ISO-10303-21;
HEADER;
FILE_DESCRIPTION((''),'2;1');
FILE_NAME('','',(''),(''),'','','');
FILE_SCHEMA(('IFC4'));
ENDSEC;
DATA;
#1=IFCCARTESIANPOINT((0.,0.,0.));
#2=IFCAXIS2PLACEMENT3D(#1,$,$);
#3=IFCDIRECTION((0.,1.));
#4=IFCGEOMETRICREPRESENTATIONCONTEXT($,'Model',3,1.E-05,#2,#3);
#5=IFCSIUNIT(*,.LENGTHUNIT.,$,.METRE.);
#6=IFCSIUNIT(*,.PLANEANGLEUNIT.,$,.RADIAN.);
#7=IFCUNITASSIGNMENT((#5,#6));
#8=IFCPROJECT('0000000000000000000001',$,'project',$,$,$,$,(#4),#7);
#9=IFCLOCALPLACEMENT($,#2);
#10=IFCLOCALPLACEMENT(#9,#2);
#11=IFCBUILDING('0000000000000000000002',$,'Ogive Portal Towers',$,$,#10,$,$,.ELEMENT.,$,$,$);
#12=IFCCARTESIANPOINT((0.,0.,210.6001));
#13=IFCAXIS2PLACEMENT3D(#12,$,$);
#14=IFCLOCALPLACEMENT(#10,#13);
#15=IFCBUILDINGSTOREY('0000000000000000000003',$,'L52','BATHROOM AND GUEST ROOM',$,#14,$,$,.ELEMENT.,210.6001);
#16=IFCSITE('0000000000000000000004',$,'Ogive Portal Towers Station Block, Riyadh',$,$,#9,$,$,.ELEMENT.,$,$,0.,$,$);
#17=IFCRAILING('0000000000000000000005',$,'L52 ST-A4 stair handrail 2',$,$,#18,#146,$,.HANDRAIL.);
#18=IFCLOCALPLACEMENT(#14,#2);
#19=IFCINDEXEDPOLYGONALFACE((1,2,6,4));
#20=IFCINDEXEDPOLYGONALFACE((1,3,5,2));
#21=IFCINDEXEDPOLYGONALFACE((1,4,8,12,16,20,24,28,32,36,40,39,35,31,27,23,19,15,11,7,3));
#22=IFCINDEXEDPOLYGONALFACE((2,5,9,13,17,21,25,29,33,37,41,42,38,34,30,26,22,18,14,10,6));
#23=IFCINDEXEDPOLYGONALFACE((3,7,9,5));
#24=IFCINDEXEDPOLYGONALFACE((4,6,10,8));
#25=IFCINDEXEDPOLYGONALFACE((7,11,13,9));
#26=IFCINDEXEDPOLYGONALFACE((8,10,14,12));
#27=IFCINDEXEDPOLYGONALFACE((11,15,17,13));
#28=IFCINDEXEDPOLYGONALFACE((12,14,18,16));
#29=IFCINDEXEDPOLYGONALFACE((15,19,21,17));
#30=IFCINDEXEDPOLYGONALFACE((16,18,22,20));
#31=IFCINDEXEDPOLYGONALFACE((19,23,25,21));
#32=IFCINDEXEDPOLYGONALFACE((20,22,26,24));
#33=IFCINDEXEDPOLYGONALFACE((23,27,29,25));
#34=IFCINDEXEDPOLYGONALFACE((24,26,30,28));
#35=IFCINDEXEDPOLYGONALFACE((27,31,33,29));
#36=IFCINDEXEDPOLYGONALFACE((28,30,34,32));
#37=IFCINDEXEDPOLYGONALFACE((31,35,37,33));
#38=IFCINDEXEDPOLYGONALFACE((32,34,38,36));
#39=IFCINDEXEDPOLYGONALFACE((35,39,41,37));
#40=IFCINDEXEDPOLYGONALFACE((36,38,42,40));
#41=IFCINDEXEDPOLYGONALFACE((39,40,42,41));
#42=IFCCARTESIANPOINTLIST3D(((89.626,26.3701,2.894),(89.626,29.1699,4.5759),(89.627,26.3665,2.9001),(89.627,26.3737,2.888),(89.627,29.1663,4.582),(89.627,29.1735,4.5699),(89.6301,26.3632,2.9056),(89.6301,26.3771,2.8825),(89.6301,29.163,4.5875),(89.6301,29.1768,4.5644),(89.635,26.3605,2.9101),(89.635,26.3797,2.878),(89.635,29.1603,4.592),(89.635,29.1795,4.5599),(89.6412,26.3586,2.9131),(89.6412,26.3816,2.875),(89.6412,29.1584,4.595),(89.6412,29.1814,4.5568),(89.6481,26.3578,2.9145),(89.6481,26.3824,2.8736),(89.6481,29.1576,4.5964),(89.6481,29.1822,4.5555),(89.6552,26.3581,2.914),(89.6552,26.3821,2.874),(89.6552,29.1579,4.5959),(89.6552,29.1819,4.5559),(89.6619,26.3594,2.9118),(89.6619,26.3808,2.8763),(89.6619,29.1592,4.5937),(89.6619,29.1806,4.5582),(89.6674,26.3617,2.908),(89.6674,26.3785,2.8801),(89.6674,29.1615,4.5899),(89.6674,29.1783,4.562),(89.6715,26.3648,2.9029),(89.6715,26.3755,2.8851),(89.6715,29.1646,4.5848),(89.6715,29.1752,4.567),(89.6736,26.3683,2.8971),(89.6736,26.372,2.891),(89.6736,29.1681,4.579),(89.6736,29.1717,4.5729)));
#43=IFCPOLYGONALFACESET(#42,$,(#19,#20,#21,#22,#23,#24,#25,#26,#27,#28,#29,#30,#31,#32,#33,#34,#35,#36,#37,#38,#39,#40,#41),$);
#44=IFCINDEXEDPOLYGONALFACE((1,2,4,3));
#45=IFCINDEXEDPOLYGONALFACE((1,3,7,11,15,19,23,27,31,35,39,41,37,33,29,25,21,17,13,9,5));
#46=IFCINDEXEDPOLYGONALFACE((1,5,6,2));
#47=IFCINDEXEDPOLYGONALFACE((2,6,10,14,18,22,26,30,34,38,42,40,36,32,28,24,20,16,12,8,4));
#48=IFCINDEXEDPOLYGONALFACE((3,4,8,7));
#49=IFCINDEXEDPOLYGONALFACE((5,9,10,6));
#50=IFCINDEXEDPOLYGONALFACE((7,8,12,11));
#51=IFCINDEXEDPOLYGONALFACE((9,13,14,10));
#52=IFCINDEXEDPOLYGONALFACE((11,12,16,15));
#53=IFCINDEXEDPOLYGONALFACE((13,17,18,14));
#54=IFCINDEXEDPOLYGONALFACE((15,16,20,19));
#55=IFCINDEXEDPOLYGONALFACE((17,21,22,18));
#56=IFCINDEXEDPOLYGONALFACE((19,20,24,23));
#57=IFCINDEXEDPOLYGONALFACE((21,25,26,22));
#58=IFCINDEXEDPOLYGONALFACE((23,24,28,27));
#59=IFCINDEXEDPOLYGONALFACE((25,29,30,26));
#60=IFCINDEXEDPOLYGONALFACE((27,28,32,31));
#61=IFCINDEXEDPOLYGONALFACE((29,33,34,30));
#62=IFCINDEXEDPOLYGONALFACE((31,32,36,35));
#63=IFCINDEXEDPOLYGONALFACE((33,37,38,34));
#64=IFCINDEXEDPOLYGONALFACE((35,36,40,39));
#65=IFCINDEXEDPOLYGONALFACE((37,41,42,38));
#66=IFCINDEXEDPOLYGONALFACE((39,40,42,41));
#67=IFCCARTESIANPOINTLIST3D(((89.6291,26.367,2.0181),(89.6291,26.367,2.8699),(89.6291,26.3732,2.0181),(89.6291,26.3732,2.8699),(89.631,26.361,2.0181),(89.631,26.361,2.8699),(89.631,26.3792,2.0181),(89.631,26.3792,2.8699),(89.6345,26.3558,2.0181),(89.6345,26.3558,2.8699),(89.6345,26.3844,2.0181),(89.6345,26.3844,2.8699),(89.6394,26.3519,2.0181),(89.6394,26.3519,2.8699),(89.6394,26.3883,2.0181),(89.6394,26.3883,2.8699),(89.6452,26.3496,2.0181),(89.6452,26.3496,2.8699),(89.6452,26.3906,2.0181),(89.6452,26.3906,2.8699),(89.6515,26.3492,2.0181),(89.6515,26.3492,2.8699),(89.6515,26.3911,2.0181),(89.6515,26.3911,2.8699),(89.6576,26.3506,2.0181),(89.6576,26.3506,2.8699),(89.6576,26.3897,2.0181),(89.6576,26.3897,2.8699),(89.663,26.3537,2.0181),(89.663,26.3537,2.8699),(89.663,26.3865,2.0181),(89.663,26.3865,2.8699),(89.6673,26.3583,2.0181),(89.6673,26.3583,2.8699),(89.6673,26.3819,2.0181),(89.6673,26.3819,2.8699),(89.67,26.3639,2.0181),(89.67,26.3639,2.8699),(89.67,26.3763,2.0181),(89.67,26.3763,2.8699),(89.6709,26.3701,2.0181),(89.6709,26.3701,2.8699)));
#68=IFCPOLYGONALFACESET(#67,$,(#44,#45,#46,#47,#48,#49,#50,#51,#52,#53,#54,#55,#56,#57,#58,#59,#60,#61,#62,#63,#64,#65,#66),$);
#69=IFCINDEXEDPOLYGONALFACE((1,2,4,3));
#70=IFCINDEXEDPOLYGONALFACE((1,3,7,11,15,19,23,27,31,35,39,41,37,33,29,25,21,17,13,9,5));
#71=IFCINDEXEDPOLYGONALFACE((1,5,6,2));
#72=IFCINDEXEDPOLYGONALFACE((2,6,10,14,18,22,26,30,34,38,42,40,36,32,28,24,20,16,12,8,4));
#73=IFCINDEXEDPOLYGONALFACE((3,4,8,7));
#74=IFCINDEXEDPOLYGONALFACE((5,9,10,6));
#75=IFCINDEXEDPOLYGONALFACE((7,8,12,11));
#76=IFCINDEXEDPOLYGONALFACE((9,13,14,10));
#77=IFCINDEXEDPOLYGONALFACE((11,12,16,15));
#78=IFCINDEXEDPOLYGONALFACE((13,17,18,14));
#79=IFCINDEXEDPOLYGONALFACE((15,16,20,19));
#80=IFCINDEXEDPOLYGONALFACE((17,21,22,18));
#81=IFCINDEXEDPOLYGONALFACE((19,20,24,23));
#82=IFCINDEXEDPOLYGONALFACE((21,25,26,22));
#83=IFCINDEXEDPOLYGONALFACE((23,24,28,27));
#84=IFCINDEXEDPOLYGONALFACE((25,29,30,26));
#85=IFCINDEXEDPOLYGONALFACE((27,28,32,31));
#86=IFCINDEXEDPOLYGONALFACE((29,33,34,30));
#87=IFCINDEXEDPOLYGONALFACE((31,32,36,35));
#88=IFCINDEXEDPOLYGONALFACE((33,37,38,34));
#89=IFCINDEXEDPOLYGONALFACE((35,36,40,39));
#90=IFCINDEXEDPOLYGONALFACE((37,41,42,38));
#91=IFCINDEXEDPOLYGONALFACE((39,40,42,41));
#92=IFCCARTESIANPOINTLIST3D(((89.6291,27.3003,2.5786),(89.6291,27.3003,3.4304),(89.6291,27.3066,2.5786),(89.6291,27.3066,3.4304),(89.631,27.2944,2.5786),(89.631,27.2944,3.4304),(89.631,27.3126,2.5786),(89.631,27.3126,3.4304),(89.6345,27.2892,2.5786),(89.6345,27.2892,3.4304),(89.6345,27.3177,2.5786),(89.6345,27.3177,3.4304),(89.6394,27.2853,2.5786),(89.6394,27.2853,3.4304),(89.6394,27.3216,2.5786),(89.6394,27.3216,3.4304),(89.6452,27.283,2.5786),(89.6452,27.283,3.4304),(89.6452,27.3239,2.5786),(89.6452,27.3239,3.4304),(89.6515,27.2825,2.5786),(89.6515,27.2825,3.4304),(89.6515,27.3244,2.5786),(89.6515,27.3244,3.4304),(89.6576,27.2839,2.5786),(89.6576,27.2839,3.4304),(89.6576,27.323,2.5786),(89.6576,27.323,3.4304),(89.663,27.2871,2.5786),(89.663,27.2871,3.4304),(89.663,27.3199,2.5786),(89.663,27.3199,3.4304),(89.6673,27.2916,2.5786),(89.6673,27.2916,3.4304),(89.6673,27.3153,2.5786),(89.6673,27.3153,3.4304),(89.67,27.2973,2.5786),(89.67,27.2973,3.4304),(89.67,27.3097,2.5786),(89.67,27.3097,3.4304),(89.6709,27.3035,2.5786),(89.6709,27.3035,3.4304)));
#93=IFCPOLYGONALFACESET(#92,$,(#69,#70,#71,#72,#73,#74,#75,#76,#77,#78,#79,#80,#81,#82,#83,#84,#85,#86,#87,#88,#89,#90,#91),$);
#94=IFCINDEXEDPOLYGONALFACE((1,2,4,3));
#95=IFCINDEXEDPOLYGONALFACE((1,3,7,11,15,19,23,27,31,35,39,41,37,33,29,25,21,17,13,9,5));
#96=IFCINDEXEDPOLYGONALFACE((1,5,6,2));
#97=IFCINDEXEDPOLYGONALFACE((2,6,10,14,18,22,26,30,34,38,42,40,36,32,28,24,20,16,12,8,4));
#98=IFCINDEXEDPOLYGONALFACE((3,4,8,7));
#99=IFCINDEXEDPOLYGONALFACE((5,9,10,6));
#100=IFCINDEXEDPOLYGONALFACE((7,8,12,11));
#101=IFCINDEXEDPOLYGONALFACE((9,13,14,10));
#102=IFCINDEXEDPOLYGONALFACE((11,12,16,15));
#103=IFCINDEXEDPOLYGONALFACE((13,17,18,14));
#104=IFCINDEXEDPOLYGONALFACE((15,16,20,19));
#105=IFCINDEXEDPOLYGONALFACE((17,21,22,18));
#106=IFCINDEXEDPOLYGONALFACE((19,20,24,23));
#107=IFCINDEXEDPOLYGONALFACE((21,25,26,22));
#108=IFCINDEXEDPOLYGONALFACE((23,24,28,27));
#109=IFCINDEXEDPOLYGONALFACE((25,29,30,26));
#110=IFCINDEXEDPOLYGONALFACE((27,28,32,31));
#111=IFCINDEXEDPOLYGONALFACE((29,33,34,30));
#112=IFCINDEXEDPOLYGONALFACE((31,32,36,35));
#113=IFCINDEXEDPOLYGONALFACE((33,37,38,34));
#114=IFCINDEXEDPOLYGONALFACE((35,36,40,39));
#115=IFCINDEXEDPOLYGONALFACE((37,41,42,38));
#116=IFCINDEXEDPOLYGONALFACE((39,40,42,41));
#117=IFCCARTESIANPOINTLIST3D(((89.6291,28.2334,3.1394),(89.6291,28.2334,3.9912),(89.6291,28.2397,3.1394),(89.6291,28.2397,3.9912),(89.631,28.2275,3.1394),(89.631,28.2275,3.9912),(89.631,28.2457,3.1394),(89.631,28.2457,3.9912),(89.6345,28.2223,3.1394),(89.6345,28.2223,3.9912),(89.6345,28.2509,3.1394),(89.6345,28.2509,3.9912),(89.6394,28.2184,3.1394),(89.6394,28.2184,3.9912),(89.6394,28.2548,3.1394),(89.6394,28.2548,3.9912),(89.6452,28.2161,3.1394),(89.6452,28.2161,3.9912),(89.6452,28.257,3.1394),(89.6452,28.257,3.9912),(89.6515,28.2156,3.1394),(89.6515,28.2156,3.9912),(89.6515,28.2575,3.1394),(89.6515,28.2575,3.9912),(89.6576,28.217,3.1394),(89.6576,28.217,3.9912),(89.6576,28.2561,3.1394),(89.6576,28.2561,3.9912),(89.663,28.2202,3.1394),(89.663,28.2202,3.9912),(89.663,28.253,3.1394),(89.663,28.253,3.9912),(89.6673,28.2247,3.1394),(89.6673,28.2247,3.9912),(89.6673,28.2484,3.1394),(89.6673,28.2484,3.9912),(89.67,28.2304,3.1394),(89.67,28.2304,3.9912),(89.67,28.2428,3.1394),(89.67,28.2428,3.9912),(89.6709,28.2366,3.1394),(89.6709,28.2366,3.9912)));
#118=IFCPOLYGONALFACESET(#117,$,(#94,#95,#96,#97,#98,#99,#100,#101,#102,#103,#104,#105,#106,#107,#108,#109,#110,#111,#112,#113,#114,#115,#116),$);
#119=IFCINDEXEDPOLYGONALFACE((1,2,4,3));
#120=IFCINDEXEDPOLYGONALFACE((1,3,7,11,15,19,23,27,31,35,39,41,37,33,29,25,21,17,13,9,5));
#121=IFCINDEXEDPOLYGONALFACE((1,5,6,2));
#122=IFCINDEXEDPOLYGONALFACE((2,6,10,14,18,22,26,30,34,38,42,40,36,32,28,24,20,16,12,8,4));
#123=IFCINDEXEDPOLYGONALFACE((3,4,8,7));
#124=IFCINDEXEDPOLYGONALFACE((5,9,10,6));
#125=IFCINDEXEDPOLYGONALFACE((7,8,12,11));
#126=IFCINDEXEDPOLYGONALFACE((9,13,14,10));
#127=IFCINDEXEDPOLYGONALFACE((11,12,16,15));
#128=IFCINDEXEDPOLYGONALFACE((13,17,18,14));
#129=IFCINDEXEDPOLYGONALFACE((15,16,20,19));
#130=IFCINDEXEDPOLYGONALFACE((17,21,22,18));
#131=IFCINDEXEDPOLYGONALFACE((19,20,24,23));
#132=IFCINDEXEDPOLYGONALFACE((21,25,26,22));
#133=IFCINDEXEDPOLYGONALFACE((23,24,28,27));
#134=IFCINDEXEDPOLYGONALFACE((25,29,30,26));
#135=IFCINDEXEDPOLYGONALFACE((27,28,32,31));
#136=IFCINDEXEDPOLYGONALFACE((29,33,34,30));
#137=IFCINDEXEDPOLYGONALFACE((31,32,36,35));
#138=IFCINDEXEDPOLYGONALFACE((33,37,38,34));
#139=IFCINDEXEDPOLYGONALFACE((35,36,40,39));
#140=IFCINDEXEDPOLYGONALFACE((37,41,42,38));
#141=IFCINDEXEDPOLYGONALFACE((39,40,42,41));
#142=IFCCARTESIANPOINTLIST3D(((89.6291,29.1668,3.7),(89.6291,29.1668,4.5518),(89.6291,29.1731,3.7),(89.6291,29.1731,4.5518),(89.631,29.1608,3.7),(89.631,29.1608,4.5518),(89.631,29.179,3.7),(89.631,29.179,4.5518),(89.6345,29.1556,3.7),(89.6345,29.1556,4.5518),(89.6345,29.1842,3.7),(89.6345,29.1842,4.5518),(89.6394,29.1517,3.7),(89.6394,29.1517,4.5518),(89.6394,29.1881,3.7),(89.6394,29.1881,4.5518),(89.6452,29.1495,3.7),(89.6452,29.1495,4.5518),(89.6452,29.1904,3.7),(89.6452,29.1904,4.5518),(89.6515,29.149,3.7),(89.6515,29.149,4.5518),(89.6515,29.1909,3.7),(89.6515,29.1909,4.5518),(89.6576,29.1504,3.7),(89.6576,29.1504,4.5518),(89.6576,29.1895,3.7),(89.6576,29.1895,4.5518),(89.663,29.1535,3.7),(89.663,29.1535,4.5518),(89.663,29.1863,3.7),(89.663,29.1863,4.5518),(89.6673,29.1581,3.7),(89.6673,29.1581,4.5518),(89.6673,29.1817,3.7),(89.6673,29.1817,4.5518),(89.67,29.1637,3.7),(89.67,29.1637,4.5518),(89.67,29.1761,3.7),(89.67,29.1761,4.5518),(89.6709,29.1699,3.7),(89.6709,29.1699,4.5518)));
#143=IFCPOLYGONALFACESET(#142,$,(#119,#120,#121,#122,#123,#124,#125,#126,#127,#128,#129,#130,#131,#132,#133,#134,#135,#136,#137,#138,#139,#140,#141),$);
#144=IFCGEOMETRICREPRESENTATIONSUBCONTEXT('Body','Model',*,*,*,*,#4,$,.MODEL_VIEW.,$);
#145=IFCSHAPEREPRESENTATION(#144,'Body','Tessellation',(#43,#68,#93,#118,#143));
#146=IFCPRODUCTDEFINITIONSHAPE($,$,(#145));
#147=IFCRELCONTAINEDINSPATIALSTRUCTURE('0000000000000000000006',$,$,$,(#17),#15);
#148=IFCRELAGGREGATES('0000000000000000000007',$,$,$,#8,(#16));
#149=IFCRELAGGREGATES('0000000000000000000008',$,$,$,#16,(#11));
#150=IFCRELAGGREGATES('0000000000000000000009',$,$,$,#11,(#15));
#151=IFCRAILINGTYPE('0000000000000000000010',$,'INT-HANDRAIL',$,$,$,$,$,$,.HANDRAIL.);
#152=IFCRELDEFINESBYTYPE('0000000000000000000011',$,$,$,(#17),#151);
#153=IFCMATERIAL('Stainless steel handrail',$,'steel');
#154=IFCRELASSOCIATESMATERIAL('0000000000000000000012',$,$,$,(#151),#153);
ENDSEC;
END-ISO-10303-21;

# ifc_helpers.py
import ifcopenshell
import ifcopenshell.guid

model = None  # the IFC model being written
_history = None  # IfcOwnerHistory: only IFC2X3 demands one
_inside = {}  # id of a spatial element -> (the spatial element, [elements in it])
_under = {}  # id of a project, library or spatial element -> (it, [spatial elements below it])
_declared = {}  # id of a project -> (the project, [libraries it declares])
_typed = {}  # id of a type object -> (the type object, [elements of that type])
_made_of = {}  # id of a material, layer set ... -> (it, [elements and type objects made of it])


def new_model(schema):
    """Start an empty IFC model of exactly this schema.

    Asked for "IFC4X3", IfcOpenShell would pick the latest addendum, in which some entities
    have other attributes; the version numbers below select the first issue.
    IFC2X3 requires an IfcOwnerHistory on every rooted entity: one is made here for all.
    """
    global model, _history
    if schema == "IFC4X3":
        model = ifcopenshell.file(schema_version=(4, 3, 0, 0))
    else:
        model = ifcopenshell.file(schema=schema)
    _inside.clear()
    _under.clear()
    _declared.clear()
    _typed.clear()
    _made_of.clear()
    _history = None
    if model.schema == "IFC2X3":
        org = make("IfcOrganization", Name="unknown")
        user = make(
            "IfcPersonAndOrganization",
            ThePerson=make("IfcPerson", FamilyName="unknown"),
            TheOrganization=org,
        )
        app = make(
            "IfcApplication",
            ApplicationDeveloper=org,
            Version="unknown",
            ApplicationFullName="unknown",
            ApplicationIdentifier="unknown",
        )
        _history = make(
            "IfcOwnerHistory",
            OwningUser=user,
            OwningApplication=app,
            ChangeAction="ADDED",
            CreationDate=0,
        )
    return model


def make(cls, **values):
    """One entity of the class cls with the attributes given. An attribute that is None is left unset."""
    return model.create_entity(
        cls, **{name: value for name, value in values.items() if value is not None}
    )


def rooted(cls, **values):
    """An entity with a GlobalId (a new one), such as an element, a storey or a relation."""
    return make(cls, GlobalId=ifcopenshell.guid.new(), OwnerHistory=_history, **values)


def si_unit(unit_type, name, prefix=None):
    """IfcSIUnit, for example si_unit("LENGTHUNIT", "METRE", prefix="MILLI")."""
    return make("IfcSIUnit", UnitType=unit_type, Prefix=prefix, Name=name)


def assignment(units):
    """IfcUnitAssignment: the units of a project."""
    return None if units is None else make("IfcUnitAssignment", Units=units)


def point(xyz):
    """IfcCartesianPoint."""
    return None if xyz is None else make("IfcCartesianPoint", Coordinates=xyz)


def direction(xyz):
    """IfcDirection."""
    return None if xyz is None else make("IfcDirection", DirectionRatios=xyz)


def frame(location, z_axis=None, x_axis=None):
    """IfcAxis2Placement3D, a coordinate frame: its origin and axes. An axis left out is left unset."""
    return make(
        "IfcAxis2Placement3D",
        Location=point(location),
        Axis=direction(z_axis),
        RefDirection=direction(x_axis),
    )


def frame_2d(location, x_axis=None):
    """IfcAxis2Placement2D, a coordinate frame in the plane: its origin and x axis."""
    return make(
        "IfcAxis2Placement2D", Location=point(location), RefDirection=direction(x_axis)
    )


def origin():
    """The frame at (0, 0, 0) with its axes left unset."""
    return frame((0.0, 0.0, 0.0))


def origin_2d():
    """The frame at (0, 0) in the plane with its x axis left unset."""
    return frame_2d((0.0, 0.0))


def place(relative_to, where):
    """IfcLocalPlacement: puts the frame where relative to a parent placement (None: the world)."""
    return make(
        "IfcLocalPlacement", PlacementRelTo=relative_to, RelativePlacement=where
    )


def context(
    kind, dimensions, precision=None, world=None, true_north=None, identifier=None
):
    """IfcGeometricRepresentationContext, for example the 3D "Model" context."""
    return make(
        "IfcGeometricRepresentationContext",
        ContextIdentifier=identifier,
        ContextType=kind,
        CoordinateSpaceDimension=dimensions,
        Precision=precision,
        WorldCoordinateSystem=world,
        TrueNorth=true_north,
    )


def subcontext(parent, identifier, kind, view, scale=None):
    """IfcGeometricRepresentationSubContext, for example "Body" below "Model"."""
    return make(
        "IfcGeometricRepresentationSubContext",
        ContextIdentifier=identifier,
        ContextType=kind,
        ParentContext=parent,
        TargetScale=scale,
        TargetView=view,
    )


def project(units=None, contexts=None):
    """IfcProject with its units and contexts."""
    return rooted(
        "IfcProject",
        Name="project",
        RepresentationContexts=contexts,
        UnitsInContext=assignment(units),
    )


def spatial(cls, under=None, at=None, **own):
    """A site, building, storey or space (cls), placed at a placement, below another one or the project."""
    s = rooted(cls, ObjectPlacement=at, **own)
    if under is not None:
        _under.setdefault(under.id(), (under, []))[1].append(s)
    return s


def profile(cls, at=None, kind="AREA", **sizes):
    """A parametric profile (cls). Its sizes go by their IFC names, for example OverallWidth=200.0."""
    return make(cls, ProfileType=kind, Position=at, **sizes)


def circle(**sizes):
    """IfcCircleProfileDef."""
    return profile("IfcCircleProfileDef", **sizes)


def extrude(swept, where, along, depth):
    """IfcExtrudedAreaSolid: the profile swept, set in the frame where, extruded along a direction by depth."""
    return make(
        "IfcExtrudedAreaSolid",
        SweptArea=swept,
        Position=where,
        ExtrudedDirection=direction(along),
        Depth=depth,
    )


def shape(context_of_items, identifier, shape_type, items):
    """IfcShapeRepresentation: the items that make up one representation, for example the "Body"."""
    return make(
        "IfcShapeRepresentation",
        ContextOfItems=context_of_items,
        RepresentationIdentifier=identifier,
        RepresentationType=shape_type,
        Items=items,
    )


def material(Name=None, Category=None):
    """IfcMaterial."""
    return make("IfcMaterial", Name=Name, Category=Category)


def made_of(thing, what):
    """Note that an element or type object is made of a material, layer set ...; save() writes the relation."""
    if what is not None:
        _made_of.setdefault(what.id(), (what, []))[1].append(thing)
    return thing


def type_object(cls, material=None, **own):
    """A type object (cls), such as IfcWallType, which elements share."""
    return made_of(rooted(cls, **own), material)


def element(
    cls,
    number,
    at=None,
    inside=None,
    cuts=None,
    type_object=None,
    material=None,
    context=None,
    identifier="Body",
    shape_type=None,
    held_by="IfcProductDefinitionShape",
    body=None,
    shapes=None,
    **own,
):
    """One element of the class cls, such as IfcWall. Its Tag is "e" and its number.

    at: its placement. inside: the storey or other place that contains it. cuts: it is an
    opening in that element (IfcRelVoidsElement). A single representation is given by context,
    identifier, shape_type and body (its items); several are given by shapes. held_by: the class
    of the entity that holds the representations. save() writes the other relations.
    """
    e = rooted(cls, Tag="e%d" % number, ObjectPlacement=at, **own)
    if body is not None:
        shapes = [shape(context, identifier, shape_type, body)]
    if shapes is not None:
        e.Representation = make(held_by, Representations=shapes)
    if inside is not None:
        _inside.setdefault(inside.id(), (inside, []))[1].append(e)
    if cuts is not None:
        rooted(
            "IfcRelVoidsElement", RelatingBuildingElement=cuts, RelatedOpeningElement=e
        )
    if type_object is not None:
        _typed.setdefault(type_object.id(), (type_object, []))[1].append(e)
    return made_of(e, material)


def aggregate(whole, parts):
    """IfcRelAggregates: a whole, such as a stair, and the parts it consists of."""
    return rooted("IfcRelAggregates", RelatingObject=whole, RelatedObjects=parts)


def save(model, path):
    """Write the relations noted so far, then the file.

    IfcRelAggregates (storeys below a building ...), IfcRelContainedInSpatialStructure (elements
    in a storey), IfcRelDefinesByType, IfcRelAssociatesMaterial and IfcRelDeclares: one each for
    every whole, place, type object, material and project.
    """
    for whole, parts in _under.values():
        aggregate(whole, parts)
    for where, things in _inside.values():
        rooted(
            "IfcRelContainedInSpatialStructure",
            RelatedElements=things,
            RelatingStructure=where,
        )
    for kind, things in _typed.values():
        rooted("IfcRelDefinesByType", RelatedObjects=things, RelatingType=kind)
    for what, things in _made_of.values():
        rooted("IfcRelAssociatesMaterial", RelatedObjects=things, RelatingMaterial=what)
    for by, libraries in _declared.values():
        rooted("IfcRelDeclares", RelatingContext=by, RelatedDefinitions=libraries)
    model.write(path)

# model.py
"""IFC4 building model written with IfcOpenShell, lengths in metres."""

from ifc_helpers import new_model, si_unit, direction, frame, origin, origin_2d, place, context, subcontext, project, spatial, circle, extrude, material, type_object, element, save


model = new_model("IFC4")

# Units and contexts
model_context = context("Model", 3, precision=1e-05, world=origin(), true_north=direction((0.0, 1.0)))
body_context = subcontext(model_context, "Body", "Model", "MODEL_VIEW")
ifc_project = project(units=[si_unit("LENGTHUNIT", "METRE"), si_unit("PLANEANGLEUNIT", "RADIAN")], contexts=[model_context])

# Site, building, storey
site_placement = place(None, origin())
site = spatial("IfcSite", under=ifc_project, at=site_placement, Name="Ogive Portal Towers Station Block, Riyadh", CompositionType="ELEMENT", RefElevation=0.0)
building_placement = place(site_placement, origin())
building = spatial("IfcBuilding", under=site, at=building_placement, Name="Ogive Portal Towers", CompositionType="ELEMENT")
storey_placement = place(building_placement, frame((0.0, 0.0, 210.6001)))
storey = spatial("IfcBuildingStorey", under=building, at=storey_placement, Name="L52", Description="BATHROOM AND GUEST ROOM", CompositionType="ELEMENT", Elevation=210.6001)

# Railing
ifc_material_1 = material(Name="Stainless steel handrail", Category="steel")
railing_type_1 = type_object("IfcRailingType", Name="INT-HANDRAIL", PredefinedType="HANDRAIL", material=ifc_material_1)
railing_1_placement = place(storey_placement, frame((89.6499, 26.3701, 2.0181)))
element("IfcRailing", 1, at=railing_1_placement, inside=storey, type_object=railing_type_1, Name="L52 ST-A4 stair handrail 2", PredefinedType="HANDRAIL", context=body_context, shape_type="SweptSolid", body=[
    extrude(circle(Radius=0.0239, at=origin_2d()), frame((0.0, 0.0, 0.876), z_axis=(0.0, 0.857222, 0.514946), x_axis=(-1.0, 0.0, 0.0)), (0.0, 0.0, 1.0), 3.2661),
    extrude(circle(Radius=0.021, at=origin_2d()), origin(), (0.0, 0.0, 1.0), 0.8518),
    extrude(circle(Radius=0.021, at=origin_2d()), frame((0.0, 0.9333, 0.5605)), (0.0, 0.0, 1.0), 0.8518),
    extrude(circle(Radius=0.021, at=origin_2d()), frame((0.0, 1.8665, 1.1213)), (0.0, 0.0, 1.0), 0.8518),
    extrude(circle(Radius=0.021, at=origin_2d()), frame((0.0, 2.7998, 1.6819)), (0.0, 0.0, 1.0), 0.8518),
])

save(model, "model.ifc")
